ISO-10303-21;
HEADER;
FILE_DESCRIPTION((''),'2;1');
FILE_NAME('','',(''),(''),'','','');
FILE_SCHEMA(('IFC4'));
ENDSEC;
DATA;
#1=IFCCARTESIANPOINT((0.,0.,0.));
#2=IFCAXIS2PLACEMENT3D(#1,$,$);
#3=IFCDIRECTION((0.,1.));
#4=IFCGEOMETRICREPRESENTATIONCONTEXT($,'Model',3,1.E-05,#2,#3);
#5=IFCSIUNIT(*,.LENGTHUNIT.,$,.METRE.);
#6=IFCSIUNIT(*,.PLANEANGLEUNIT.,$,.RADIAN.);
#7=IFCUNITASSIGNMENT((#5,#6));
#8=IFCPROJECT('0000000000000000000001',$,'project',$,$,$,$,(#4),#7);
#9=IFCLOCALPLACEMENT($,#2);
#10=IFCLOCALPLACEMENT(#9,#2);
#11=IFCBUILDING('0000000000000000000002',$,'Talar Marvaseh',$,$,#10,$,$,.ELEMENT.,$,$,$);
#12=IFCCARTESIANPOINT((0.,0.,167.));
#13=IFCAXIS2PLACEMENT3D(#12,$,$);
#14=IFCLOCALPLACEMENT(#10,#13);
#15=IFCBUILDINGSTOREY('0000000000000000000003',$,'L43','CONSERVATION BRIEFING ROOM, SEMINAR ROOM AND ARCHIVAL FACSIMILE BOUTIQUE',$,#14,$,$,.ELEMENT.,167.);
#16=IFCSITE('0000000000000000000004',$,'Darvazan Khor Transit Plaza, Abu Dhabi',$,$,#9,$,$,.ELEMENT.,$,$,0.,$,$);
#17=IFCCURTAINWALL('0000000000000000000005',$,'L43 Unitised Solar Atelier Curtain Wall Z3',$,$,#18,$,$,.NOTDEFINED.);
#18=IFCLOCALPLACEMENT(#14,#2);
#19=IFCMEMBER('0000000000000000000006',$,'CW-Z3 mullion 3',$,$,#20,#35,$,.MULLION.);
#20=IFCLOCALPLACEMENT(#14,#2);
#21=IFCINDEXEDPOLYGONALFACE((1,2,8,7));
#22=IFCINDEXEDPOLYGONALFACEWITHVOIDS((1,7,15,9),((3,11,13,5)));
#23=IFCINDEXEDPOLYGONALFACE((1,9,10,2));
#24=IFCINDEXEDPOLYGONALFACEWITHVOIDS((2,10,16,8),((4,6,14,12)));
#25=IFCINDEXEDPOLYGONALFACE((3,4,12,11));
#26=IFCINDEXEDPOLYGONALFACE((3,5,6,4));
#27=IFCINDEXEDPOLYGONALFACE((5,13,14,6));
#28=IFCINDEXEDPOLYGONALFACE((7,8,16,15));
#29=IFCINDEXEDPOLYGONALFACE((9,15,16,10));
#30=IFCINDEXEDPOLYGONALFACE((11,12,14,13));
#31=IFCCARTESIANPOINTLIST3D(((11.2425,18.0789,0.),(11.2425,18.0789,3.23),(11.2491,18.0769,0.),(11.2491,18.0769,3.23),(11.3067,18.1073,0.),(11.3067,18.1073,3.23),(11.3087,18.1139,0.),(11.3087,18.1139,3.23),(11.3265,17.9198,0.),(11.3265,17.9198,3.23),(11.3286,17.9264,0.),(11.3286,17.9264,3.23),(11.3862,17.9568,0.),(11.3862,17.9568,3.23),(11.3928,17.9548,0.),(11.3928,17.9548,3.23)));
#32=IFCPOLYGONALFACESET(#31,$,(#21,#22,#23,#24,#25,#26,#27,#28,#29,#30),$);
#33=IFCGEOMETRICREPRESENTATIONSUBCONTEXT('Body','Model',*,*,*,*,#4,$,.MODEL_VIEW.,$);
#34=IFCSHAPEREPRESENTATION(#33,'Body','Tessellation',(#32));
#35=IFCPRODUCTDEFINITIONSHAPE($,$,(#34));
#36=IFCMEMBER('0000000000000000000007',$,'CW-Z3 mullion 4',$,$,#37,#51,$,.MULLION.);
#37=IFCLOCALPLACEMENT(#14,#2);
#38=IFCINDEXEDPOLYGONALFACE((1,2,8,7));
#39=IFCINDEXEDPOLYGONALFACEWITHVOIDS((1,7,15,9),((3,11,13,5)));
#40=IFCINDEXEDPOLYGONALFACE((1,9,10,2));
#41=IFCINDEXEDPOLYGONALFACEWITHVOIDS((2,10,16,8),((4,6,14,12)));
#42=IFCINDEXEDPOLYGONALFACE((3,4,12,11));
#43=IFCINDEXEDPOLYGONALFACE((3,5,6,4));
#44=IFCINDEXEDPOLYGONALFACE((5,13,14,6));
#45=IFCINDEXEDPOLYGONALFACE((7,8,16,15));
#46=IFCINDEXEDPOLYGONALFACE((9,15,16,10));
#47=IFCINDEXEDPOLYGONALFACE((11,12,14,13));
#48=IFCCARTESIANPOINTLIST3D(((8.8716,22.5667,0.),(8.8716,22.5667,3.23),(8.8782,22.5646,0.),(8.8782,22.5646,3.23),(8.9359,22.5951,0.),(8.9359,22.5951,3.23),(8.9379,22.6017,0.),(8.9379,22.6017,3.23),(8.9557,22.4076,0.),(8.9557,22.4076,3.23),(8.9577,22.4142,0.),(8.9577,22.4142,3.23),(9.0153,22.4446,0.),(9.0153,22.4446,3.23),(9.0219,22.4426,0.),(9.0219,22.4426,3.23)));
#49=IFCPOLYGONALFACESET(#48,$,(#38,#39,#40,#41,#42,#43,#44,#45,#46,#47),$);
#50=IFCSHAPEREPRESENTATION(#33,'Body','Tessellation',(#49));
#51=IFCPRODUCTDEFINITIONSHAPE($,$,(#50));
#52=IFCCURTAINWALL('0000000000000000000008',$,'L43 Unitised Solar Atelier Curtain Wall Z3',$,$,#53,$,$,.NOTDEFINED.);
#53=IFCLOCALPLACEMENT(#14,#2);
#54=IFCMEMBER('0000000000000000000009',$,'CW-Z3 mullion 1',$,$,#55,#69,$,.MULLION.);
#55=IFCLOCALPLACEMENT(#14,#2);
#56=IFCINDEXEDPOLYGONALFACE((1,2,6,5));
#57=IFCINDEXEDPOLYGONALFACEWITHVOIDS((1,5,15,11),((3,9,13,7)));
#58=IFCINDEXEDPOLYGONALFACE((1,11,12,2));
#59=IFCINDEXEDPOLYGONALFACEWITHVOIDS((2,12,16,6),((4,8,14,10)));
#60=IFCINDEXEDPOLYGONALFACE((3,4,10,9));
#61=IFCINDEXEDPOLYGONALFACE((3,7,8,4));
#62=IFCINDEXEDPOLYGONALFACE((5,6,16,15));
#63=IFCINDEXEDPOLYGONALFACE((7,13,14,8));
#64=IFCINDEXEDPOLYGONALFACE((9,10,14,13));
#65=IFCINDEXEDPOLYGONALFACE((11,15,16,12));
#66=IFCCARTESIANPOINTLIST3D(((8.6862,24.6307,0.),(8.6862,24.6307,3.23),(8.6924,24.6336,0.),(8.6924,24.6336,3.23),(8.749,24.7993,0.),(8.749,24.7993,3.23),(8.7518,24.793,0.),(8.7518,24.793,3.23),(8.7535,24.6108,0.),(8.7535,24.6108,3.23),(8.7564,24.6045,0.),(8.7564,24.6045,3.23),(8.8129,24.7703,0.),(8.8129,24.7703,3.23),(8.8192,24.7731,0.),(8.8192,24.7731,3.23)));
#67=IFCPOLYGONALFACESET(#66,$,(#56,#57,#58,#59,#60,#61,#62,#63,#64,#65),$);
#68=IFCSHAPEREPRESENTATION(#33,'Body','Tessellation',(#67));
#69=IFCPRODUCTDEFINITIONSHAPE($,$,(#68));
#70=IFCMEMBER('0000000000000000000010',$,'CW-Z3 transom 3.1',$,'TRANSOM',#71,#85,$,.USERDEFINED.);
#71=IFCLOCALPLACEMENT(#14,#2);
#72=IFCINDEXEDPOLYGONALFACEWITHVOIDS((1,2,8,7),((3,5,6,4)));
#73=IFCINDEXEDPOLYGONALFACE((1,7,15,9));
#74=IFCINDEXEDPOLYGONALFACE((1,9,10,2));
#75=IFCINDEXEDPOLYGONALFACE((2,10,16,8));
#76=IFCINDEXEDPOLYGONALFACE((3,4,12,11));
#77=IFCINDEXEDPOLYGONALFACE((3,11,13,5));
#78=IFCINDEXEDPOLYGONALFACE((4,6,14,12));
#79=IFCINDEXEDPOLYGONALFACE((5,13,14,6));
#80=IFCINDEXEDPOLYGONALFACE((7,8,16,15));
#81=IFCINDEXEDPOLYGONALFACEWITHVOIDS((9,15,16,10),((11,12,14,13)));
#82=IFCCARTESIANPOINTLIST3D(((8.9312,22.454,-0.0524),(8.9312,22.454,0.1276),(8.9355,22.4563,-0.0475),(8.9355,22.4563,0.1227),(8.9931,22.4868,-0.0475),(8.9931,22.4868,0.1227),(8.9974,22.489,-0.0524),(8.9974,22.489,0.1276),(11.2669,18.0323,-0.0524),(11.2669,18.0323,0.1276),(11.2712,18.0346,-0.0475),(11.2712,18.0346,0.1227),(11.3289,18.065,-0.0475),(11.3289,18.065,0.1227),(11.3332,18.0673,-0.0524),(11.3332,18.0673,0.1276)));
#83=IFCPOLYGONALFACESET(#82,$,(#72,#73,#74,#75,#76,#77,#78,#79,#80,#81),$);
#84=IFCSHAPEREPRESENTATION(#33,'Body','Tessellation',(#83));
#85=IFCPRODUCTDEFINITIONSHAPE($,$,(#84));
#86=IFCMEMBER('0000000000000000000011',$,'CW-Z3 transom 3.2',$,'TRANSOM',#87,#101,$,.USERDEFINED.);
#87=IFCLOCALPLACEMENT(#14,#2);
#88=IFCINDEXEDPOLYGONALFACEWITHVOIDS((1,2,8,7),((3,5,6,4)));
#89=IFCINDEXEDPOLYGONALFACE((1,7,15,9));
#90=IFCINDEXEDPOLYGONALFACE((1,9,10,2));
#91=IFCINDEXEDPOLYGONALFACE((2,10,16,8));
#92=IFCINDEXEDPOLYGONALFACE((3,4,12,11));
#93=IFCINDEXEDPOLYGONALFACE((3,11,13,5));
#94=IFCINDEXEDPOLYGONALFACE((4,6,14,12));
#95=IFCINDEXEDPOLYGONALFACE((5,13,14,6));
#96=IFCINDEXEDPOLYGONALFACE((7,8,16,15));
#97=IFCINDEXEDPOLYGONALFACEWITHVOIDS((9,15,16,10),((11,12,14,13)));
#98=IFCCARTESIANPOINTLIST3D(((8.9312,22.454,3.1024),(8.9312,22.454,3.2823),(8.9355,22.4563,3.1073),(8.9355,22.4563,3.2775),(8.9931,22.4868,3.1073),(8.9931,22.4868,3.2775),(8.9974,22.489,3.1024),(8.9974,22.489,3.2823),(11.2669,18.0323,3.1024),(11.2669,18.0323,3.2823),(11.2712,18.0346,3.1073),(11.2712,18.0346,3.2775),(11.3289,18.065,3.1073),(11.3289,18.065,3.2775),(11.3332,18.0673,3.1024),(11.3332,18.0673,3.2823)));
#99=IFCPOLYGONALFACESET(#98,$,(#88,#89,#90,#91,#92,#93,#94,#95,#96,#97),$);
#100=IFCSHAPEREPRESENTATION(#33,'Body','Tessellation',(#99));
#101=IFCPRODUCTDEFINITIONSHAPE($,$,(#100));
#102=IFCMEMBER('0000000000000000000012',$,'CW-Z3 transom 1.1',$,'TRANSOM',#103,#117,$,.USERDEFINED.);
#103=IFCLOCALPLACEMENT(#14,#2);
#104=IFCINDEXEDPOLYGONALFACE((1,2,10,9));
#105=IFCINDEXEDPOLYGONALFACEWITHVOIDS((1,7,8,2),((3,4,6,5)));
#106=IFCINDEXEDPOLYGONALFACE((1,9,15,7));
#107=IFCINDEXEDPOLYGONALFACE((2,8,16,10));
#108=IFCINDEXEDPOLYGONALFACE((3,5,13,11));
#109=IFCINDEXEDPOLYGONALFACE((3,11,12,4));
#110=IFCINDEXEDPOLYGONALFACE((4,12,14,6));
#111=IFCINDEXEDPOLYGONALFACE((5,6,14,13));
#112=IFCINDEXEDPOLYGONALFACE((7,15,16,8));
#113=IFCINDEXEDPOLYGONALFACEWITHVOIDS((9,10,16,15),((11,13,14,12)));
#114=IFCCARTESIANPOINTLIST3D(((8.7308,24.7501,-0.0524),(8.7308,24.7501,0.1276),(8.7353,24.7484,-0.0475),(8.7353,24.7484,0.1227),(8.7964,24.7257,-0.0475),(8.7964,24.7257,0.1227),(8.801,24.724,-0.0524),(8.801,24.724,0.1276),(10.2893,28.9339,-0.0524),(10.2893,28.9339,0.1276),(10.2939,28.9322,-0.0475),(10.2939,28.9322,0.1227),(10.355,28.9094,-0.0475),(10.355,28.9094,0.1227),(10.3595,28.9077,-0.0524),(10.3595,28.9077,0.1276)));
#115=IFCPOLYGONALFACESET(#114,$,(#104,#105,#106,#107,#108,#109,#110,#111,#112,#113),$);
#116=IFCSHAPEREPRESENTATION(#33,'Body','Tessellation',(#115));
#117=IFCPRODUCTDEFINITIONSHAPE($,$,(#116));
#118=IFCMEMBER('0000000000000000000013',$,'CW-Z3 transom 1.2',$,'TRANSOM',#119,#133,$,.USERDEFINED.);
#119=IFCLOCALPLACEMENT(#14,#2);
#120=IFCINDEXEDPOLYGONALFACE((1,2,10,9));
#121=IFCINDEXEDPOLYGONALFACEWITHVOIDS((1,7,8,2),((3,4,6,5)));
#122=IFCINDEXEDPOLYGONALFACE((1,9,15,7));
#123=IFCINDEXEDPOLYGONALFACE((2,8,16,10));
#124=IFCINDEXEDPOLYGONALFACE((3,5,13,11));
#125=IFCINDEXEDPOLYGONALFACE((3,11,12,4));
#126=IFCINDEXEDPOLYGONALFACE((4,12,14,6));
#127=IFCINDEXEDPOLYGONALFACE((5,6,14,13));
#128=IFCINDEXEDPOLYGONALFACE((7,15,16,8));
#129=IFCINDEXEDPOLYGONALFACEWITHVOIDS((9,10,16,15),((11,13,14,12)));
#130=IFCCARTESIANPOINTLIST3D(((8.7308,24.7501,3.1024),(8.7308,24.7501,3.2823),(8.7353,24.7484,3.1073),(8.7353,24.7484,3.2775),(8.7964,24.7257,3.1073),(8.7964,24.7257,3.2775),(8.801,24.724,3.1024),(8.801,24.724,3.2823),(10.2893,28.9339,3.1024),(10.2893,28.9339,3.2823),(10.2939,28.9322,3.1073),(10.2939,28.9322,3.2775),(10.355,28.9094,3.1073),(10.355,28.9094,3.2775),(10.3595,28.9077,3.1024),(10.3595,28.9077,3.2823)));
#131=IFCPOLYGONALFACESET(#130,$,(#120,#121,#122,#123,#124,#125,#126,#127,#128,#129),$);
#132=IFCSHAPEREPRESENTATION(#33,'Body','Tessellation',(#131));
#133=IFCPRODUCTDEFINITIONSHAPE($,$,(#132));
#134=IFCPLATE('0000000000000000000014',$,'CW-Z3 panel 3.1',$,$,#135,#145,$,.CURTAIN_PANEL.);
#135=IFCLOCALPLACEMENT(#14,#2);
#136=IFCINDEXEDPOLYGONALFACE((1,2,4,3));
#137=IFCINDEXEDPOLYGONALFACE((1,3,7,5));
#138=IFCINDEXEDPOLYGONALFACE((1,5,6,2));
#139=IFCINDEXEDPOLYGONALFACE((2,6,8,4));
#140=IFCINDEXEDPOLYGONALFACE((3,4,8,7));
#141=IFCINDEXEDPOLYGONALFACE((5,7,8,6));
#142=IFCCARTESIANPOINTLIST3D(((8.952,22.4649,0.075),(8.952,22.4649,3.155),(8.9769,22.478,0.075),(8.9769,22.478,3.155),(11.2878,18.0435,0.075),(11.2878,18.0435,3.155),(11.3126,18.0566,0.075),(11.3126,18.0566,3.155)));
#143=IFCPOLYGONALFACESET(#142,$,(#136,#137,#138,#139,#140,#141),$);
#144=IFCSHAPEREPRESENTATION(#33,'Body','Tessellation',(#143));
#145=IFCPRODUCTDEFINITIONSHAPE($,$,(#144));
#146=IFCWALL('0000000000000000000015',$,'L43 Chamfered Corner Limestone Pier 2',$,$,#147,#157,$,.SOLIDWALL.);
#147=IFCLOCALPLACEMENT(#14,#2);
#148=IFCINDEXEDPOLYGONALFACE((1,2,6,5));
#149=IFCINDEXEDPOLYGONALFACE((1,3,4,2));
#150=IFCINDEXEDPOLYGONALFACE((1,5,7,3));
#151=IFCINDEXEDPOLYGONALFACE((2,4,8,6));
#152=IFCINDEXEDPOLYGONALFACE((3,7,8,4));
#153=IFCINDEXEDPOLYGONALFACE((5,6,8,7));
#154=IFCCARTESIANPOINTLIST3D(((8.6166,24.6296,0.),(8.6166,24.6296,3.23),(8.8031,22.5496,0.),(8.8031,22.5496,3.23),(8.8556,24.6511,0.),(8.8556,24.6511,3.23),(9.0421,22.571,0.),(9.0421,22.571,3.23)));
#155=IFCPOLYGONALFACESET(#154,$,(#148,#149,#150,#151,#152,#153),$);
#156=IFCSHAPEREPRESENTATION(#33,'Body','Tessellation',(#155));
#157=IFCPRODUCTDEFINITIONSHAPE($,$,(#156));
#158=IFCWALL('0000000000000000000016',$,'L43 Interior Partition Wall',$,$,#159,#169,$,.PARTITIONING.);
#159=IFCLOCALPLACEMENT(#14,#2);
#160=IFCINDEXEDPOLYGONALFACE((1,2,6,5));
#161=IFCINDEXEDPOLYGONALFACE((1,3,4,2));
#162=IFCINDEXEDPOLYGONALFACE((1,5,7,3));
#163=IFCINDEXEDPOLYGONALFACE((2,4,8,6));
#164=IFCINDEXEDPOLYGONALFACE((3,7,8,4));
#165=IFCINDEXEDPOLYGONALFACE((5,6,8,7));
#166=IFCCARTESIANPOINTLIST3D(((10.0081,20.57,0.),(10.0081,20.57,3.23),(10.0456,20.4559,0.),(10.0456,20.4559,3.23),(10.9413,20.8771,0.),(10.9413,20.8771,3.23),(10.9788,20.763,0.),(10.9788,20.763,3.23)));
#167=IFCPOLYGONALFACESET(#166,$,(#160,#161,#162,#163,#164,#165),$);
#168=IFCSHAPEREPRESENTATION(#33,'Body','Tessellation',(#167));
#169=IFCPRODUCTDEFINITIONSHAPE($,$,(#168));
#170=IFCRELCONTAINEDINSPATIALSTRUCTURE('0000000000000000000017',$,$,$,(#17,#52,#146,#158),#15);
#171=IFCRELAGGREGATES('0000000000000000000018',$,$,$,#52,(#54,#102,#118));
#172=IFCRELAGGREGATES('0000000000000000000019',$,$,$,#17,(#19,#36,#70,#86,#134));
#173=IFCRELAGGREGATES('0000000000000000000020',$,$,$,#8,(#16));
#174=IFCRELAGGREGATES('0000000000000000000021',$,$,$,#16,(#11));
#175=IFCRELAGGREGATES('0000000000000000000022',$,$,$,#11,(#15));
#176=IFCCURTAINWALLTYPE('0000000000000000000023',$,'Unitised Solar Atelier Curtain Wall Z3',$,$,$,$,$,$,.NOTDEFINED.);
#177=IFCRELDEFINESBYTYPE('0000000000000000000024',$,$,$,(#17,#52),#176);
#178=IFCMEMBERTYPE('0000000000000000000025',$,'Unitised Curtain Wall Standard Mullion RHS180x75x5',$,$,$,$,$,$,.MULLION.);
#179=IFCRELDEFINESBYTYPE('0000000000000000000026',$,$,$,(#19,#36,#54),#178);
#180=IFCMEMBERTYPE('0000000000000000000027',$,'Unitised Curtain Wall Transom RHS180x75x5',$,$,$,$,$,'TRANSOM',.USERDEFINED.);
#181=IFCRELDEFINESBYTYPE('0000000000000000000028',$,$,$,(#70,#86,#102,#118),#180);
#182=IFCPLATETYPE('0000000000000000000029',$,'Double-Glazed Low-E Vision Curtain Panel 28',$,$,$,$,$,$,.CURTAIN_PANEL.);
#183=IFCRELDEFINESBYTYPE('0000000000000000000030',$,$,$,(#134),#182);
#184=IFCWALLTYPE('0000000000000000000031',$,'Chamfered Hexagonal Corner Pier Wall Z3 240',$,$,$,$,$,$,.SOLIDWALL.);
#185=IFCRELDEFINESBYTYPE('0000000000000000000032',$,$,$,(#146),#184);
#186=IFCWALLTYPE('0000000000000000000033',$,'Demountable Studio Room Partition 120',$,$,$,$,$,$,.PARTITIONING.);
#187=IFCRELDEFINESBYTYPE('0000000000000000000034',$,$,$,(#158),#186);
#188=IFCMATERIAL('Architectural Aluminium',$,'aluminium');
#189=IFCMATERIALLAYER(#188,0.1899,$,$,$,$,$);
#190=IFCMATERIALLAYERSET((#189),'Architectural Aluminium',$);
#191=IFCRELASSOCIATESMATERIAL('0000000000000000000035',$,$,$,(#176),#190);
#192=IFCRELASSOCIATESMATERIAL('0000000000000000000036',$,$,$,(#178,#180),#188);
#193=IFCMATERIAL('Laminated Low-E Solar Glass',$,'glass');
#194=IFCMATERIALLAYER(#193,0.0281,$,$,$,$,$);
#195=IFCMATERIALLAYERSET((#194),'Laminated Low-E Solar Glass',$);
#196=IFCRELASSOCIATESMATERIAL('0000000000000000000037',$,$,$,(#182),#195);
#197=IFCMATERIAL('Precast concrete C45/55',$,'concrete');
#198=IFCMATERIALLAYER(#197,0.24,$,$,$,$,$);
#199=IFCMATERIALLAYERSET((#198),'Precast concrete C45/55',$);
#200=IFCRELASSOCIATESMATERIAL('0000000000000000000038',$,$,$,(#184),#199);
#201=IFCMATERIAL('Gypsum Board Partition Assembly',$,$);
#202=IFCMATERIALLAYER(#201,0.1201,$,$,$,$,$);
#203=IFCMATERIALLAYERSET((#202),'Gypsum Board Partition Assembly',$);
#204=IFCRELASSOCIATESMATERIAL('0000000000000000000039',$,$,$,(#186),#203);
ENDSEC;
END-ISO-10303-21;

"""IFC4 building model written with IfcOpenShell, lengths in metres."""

from ifc_helpers import new_model, si_unit, direction, frame, frame_2d, origin, origin_2d, place, context, subcontext, project, spatial, rectangle, hollow_rectangle, extrude, source, transform, mapped, material, layer, layer_set, material_profile, profile_set, type_object, type_shapes, element, aggregate, save


model = new_model("IFC4")

# Units and contexts
model_context = context("Model", 3, precision=1e-05, world=origin(), true_north=direction((0.0, 1.0)))
body_context = subcontext(model_context, "Body", "Model", "MODEL_VIEW")
ifc_project = project(units=[si_unit("LENGTHUNIT", "METRE"), si_unit("PLANEANGLEUNIT", "RADIAN")], contexts=[model_context])

# Site, building, storey
site_placement = place(None, origin())
site = spatial("IfcSite", under=ifc_project, at=site_placement, Name="Darvazan Khor Transit Plaza, Abu Dhabi", CompositionType="ELEMENT", RefElevation=0.0)
building_placement = place(site_placement, origin())
building = spatial("IfcBuilding", under=site, at=building_placement, Name="Talar Marvaseh", CompositionType="ELEMENT")
storey_placement = place(building_placement, frame((0.0, 0.0, 167.0)))
storey = spatial("IfcBuildingStorey", under=building, at=storey_placement, Name="L43", Description="CONSERVATION BRIEFING ROOM, SEMINAR ROOM AND ARCHIVAL FACSIMILE BOUTIQUE", CompositionType="ELEMENT", Elevation=167.0)

# Curtain wall, members
ifc_material_1 = material(Name="Architectural Aluminium", Category="aluminium")
ifc_layer_1 = layer(ifc_material_1, 0.1899)
ifc_layer_set_1 = layer_set([ifc_layer_1], Name="Architectural Aluminium")
curtain_wall_type = type_object("IfcCurtainWallType", Name="Unitised Solar Atelier Curtain Wall Z3", PredefinedType="NOTDEFINED", material=ifc_layer_set_1)
curtain_wall_1_placement = place(storey_placement, origin())
curtain_wall_1 = element("IfcCurtainWall", 1, at=curtain_wall_1_placement, inside=storey, type_object=curtain_wall_type, Name="L43 Unitised Solar Atelier Curtain Wall Z3", PredefinedType="NOTDEFINED")
ifc_material_profile_1 = material_profile(ifc_material_1, hollow_rectangle(XDim=0.075, YDim=0.1799, WallThickness=0.0049, at=origin_2d()), Name="RHS180x75x5")
ifc_profile_set_1 = profile_set([ifc_material_profile_1], Name="Architectural Aluminium")
member_type_1 = type_object("IfcMemberType", Name="Unitised Curtain Wall Standard Mullion RHS180x75x5", PredefinedType="MULLION", material=ifc_profile_set_1)
shared_shape_1 = source(origin(), body_context, "Body", "SweptSolid", [
    extrude(hollow_rectangle(XDim=0.075, YDim=0.1799, WallThickness=0.0049, at=origin_2d()), origin(), (0.0, 0.0, 1.0), 3.23),
])
type_shapes(member_type_1, [shared_shape_1])
member_1_placement = place(storey_placement, frame((11.3176, 18.0168, 0.0), z_axis=(0.0, 0.0, 1.0), x_axis=(-0.884204, -0.4671, 0.0)))
member_1 = element("IfcMember", 2, at=member_1_placement, type_object=member_type_1, Name="CW-Z3 mullion 3", PredefinedType="MULLION", context=body_context, shape_type="MappedRepresentation", body=[
    mapped(shared_shape_1, transform((0.0, 0.0, 0.0), x_axis=(1.0, 0.0, 0.0), y_axis=(0.0, 1.0, 0.0), z_axis=(0.0, 0.0, 1.0), scale=1.0)),
])
member_2_placement = place(storey_placement, frame((8.9468, 22.5046, 0.0), z_axis=(0.0, 0.0, 1.0), x_axis=(-0.884204, -0.4671, 0.0)))
member_2 = element("IfcMember", 3, at=member_2_placement, type_object=member_type_1, Name="CW-Z3 mullion 4", PredefinedType="MULLION", context=body_context, shape_type="MappedRepresentation", body=[
    mapped(shared_shape_1, transform((0.0, 0.0, 0.0), x_axis=(1.0, 0.0, 0.0), y_axis=(0.0, 1.0, 0.0), z_axis=(0.0, 0.0, 1.0), scale=1.0)),
])

# Curtain wall, member
curtain_wall_2_placement = place(storey_placement, origin())
curtain_wall_2 = element("IfcCurtainWall", 4, at=curtain_wall_2_placement, inside=storey, type_object=curtain_wall_type, Name="L43 Unitised Solar Atelier Curtain Wall Z3", PredefinedType="NOTDEFINED")
member_3_placement = place(storey_placement, frame((8.7527, 24.7019, 0.0), z_axis=(0.0, 0.0, 1.0), x_axis=(-0.937087, 0.349097, 0.0)))
member_3 = element("IfcMember", 5, at=member_3_placement, type_object=member_type_1, Name="CW-Z3 mullion 1", PredefinedType="MULLION", context=body_context, shape_type="MappedRepresentation", body=[
    mapped(shared_shape_1, transform((0.0, 0.0, 0.0), x_axis=(1.0, 0.0, 0.0), y_axis=(0.0, 1.0, 0.0), z_axis=(0.0, 0.0, 1.0), scale=1.0)),
])

# Members
ifc_material_profile_2 = material_profile(ifc_material_1, hollow_rectangle(XDim=0.075, YDim=0.1799, WallThickness=0.0049, at=origin_2d()), Name="RHS180x75x5")
ifc_profile_set_2 = profile_set([ifc_material_profile_2], Name="Architectural Aluminium")
member_type_2 = type_object("IfcMemberType", Name="Unitised Curtain Wall Transom RHS180x75x5", ElementType="TRANSOM", PredefinedType="USERDEFINED", material=ifc_profile_set_2)
shared_shape_2 = source(origin(), body_context, "Body", "SweptSolid", [
    extrude(hollow_rectangle(XDim=0.075, YDim=0.1799, WallThickness=0.0049, at=origin_2d()), origin(), (0.0, 0.0, 1.0), 5.0007),
])
member_4_placement = place(storey_placement, frame((11.3, 18.0498, 0.0376), z_axis=(-0.46708, 0.884215, 0.0), x_axis=(-0.884215, -0.46708, 0.0)))
member_4 = element("IfcMember", 6, at=member_4_placement, type_object=member_type_2, Name="CW-Z3 transom 3.1", ObjectType="TRANSOM", PredefinedType="USERDEFINED", context=body_context, shape_type="MappedRepresentation", body=[
    mapped(shared_shape_2, transform((0.0, 0.0, 0.0), x_axis=(1.0, 0.0, 0.0), y_axis=(0.0, 1.0, 0.0), z_axis=(0.0, 0.0, 1.0), scale=1.0)),
])
member_5_placement = place(storey_placement, frame((11.3, 18.0498, 3.1924), z_axis=(-0.46708, 0.884215, 0.0), x_axis=(-0.884215, -0.46708, 0.0)))
member_5 = element("IfcMember", 7, at=member_5_placement, type_object=member_type_2, Name="CW-Z3 transom 3.2", ObjectType="TRANSOM", PredefinedType="USERDEFINED", context=body_context, shape_type="MappedRepresentation", body=[
    mapped(shared_shape_2, transform((0.0, 0.0, 0.0), x_axis=(1.0, 0.0, 0.0), y_axis=(0.0, 1.0, 0.0), z_axis=(0.0, 0.0, 1.0), scale=1.0)),
])
shared_shape_3 = source(origin(), body_context, "Body", "SweptSolid", [
    extrude(hollow_rectangle(XDim=0.075, YDim=0.1799, WallThickness=0.0049, at=origin_2d()), origin(), (0.0, 0.0, 1.0), 4.4646),
])
type_shapes(member_type_2, [shared_shape_2, shared_shape_3])
member_6_placement = place(storey_placement, frame((8.7659, 24.7371, 0.0376), z_axis=(0.349091, 0.937089, 0.0), x_axis=(-0.937089, 0.349091, 0.0)))
member_6 = element("IfcMember", 8, at=member_6_placement, type_object=member_type_2, Name="CW-Z3 transom 1.1", ObjectType="TRANSOM", PredefinedType="USERDEFINED", context=body_context, shape_type="MappedRepresentation", body=[
    mapped(shared_shape_3, transform((0.0, 0.0, 0.0), x_axis=(1.0, 0.0, 0.0), y_axis=(0.0, 1.0, 0.0), z_axis=(0.0, 0.0, 1.0), scale=1.0)),
])
member_7_placement = place(storey_placement, frame((8.7659, 24.7371, 3.1924), z_axis=(0.349091, 0.937089, 0.0), x_axis=(-0.937089, 0.349091, 0.0)))
member_7 = element("IfcMember", 9, at=member_7_placement, type_object=member_type_2, Name="CW-Z3 transom 1.2", ObjectType="TRANSOM", PredefinedType="USERDEFINED", context=body_context, shape_type="MappedRepresentation", body=[
    mapped(shared_shape_3, transform((0.0, 0.0, 0.0), x_axis=(1.0, 0.0, 0.0), y_axis=(0.0, 1.0, 0.0), z_axis=(0.0, 0.0, 1.0), scale=1.0)),
])
aggregate(curtain_wall_2, [member_3, member_6, member_7])

# Plate
ifc_material_2 = material(Name="Laminated Low-E Solar Glass", Category="glass")
ifc_layer_2 = layer(ifc_material_2, 0.0281)
ifc_layer_set_2 = layer_set([ifc_layer_2], Name="Laminated Low-E Solar Glass")
plate_type = type_object("IfcPlateType", Name="Double-Glazed Low-E Vision Curtain Panel 28", PredefinedType="CURTAIN_PANEL", material=ifc_layer_set_2)
shared_shape_4 = source(origin(), body_context, "Body", "SweptSolid", [
    extrude(rectangle(XDim=5.0005, YDim=0.0281, at=origin_2d()), origin(), (0.0, 0.0, 1.0), 3.0801),
])
type_shapes(plate_type, [shared_shape_4])
plate_placement = place(storey_placement, frame((10.1323, 20.2607, 0.075), z_axis=(0.0, 0.0, 1.0), x_axis=(-0.4671, 0.884204, 0.0)))
plate = element("IfcPlate", 10, at=plate_placement, type_object=plate_type, Name="CW-Z3 panel 3.1", PredefinedType="CURTAIN_PANEL", context=body_context, shape_type="MappedRepresentation", body=[
    mapped(shared_shape_4, transform((0.0, 0.0, 0.0), x_axis=(1.0, 0.0, 0.0), y_axis=(0.0, 1.0, 0.0), z_axis=(0.0, 0.0, 1.0), scale=1.0)),
])
aggregate(curtain_wall_1, [member_1, member_2, member_4, member_5, plate])

# Walls
ifc_material_3 = material(Name="Precast concrete C45/55", Category="concrete")
ifc_layer_3 = layer(ifc_material_3, 0.24)
ifc_layer_set_3 = layer_set([ifc_layer_3], Name="Precast concrete C45/55")
wall_type_1 = type_object("IfcWallType", Name="Chamfered Hexagonal Corner Pier Wall Z3 240", PredefinedType="SOLIDWALL", material=ifc_layer_set_3)
wall_1_placement = place(storey_placement, frame((8.9226, 22.5603, 0.0), z_axis=(0.0, 0.0, 1.0), x_axis=(-0.089313, 0.996004, 0.0)))
element("IfcWall", 11, at=wall_1_placement, inside=storey, type_object=wall_type_1, Name="L43 Chamfered Corner Limestone Pier 2", PredefinedType="SOLIDWALL", context=body_context, shape_type="SweptSolid", body=[
    extrude(rectangle(XDim=2.0884, YDim=0.24, at=frame_2d((1.0442, 0.0))), origin(), (0.0, 0.0, 1.0), 3.23),
])
ifc_material_4 = material(Name="Gypsum Board Partition Assembly")
ifc_layer_4 = layer(ifc_material_4, 0.1201)
ifc_layer_set_4 = layer_set([ifc_layer_4], Name="Gypsum Board Partition Assembly")
wall_type_2 = type_object("IfcWallType", Name="Demountable Studio Room Partition 120", PredefinedType="PARTITIONING", material=ifc_layer_set_4)
wall_2_placement = place(storey_placement, frame((10.0269, 20.5129, 0.0), z_axis=(0.0, 0.0, 1.0), x_axis=(0.949869, 0.312647, 0.0)))
element("IfcWall", 12, at=wall_2_placement, inside=storey, type_object=wall_type_2, Name="L43 Interior Partition Wall", PredefinedType="PARTITIONING", context=body_context, shape_type="SweptSolid", body=[
    extrude(rectangle(XDim=0.9824, YDim=0.1201, at=frame_2d((0.4912, 0.0))), origin(), (0.0, 0.0, 1.0), 3.23),
])

save(model, "model.ifc")
